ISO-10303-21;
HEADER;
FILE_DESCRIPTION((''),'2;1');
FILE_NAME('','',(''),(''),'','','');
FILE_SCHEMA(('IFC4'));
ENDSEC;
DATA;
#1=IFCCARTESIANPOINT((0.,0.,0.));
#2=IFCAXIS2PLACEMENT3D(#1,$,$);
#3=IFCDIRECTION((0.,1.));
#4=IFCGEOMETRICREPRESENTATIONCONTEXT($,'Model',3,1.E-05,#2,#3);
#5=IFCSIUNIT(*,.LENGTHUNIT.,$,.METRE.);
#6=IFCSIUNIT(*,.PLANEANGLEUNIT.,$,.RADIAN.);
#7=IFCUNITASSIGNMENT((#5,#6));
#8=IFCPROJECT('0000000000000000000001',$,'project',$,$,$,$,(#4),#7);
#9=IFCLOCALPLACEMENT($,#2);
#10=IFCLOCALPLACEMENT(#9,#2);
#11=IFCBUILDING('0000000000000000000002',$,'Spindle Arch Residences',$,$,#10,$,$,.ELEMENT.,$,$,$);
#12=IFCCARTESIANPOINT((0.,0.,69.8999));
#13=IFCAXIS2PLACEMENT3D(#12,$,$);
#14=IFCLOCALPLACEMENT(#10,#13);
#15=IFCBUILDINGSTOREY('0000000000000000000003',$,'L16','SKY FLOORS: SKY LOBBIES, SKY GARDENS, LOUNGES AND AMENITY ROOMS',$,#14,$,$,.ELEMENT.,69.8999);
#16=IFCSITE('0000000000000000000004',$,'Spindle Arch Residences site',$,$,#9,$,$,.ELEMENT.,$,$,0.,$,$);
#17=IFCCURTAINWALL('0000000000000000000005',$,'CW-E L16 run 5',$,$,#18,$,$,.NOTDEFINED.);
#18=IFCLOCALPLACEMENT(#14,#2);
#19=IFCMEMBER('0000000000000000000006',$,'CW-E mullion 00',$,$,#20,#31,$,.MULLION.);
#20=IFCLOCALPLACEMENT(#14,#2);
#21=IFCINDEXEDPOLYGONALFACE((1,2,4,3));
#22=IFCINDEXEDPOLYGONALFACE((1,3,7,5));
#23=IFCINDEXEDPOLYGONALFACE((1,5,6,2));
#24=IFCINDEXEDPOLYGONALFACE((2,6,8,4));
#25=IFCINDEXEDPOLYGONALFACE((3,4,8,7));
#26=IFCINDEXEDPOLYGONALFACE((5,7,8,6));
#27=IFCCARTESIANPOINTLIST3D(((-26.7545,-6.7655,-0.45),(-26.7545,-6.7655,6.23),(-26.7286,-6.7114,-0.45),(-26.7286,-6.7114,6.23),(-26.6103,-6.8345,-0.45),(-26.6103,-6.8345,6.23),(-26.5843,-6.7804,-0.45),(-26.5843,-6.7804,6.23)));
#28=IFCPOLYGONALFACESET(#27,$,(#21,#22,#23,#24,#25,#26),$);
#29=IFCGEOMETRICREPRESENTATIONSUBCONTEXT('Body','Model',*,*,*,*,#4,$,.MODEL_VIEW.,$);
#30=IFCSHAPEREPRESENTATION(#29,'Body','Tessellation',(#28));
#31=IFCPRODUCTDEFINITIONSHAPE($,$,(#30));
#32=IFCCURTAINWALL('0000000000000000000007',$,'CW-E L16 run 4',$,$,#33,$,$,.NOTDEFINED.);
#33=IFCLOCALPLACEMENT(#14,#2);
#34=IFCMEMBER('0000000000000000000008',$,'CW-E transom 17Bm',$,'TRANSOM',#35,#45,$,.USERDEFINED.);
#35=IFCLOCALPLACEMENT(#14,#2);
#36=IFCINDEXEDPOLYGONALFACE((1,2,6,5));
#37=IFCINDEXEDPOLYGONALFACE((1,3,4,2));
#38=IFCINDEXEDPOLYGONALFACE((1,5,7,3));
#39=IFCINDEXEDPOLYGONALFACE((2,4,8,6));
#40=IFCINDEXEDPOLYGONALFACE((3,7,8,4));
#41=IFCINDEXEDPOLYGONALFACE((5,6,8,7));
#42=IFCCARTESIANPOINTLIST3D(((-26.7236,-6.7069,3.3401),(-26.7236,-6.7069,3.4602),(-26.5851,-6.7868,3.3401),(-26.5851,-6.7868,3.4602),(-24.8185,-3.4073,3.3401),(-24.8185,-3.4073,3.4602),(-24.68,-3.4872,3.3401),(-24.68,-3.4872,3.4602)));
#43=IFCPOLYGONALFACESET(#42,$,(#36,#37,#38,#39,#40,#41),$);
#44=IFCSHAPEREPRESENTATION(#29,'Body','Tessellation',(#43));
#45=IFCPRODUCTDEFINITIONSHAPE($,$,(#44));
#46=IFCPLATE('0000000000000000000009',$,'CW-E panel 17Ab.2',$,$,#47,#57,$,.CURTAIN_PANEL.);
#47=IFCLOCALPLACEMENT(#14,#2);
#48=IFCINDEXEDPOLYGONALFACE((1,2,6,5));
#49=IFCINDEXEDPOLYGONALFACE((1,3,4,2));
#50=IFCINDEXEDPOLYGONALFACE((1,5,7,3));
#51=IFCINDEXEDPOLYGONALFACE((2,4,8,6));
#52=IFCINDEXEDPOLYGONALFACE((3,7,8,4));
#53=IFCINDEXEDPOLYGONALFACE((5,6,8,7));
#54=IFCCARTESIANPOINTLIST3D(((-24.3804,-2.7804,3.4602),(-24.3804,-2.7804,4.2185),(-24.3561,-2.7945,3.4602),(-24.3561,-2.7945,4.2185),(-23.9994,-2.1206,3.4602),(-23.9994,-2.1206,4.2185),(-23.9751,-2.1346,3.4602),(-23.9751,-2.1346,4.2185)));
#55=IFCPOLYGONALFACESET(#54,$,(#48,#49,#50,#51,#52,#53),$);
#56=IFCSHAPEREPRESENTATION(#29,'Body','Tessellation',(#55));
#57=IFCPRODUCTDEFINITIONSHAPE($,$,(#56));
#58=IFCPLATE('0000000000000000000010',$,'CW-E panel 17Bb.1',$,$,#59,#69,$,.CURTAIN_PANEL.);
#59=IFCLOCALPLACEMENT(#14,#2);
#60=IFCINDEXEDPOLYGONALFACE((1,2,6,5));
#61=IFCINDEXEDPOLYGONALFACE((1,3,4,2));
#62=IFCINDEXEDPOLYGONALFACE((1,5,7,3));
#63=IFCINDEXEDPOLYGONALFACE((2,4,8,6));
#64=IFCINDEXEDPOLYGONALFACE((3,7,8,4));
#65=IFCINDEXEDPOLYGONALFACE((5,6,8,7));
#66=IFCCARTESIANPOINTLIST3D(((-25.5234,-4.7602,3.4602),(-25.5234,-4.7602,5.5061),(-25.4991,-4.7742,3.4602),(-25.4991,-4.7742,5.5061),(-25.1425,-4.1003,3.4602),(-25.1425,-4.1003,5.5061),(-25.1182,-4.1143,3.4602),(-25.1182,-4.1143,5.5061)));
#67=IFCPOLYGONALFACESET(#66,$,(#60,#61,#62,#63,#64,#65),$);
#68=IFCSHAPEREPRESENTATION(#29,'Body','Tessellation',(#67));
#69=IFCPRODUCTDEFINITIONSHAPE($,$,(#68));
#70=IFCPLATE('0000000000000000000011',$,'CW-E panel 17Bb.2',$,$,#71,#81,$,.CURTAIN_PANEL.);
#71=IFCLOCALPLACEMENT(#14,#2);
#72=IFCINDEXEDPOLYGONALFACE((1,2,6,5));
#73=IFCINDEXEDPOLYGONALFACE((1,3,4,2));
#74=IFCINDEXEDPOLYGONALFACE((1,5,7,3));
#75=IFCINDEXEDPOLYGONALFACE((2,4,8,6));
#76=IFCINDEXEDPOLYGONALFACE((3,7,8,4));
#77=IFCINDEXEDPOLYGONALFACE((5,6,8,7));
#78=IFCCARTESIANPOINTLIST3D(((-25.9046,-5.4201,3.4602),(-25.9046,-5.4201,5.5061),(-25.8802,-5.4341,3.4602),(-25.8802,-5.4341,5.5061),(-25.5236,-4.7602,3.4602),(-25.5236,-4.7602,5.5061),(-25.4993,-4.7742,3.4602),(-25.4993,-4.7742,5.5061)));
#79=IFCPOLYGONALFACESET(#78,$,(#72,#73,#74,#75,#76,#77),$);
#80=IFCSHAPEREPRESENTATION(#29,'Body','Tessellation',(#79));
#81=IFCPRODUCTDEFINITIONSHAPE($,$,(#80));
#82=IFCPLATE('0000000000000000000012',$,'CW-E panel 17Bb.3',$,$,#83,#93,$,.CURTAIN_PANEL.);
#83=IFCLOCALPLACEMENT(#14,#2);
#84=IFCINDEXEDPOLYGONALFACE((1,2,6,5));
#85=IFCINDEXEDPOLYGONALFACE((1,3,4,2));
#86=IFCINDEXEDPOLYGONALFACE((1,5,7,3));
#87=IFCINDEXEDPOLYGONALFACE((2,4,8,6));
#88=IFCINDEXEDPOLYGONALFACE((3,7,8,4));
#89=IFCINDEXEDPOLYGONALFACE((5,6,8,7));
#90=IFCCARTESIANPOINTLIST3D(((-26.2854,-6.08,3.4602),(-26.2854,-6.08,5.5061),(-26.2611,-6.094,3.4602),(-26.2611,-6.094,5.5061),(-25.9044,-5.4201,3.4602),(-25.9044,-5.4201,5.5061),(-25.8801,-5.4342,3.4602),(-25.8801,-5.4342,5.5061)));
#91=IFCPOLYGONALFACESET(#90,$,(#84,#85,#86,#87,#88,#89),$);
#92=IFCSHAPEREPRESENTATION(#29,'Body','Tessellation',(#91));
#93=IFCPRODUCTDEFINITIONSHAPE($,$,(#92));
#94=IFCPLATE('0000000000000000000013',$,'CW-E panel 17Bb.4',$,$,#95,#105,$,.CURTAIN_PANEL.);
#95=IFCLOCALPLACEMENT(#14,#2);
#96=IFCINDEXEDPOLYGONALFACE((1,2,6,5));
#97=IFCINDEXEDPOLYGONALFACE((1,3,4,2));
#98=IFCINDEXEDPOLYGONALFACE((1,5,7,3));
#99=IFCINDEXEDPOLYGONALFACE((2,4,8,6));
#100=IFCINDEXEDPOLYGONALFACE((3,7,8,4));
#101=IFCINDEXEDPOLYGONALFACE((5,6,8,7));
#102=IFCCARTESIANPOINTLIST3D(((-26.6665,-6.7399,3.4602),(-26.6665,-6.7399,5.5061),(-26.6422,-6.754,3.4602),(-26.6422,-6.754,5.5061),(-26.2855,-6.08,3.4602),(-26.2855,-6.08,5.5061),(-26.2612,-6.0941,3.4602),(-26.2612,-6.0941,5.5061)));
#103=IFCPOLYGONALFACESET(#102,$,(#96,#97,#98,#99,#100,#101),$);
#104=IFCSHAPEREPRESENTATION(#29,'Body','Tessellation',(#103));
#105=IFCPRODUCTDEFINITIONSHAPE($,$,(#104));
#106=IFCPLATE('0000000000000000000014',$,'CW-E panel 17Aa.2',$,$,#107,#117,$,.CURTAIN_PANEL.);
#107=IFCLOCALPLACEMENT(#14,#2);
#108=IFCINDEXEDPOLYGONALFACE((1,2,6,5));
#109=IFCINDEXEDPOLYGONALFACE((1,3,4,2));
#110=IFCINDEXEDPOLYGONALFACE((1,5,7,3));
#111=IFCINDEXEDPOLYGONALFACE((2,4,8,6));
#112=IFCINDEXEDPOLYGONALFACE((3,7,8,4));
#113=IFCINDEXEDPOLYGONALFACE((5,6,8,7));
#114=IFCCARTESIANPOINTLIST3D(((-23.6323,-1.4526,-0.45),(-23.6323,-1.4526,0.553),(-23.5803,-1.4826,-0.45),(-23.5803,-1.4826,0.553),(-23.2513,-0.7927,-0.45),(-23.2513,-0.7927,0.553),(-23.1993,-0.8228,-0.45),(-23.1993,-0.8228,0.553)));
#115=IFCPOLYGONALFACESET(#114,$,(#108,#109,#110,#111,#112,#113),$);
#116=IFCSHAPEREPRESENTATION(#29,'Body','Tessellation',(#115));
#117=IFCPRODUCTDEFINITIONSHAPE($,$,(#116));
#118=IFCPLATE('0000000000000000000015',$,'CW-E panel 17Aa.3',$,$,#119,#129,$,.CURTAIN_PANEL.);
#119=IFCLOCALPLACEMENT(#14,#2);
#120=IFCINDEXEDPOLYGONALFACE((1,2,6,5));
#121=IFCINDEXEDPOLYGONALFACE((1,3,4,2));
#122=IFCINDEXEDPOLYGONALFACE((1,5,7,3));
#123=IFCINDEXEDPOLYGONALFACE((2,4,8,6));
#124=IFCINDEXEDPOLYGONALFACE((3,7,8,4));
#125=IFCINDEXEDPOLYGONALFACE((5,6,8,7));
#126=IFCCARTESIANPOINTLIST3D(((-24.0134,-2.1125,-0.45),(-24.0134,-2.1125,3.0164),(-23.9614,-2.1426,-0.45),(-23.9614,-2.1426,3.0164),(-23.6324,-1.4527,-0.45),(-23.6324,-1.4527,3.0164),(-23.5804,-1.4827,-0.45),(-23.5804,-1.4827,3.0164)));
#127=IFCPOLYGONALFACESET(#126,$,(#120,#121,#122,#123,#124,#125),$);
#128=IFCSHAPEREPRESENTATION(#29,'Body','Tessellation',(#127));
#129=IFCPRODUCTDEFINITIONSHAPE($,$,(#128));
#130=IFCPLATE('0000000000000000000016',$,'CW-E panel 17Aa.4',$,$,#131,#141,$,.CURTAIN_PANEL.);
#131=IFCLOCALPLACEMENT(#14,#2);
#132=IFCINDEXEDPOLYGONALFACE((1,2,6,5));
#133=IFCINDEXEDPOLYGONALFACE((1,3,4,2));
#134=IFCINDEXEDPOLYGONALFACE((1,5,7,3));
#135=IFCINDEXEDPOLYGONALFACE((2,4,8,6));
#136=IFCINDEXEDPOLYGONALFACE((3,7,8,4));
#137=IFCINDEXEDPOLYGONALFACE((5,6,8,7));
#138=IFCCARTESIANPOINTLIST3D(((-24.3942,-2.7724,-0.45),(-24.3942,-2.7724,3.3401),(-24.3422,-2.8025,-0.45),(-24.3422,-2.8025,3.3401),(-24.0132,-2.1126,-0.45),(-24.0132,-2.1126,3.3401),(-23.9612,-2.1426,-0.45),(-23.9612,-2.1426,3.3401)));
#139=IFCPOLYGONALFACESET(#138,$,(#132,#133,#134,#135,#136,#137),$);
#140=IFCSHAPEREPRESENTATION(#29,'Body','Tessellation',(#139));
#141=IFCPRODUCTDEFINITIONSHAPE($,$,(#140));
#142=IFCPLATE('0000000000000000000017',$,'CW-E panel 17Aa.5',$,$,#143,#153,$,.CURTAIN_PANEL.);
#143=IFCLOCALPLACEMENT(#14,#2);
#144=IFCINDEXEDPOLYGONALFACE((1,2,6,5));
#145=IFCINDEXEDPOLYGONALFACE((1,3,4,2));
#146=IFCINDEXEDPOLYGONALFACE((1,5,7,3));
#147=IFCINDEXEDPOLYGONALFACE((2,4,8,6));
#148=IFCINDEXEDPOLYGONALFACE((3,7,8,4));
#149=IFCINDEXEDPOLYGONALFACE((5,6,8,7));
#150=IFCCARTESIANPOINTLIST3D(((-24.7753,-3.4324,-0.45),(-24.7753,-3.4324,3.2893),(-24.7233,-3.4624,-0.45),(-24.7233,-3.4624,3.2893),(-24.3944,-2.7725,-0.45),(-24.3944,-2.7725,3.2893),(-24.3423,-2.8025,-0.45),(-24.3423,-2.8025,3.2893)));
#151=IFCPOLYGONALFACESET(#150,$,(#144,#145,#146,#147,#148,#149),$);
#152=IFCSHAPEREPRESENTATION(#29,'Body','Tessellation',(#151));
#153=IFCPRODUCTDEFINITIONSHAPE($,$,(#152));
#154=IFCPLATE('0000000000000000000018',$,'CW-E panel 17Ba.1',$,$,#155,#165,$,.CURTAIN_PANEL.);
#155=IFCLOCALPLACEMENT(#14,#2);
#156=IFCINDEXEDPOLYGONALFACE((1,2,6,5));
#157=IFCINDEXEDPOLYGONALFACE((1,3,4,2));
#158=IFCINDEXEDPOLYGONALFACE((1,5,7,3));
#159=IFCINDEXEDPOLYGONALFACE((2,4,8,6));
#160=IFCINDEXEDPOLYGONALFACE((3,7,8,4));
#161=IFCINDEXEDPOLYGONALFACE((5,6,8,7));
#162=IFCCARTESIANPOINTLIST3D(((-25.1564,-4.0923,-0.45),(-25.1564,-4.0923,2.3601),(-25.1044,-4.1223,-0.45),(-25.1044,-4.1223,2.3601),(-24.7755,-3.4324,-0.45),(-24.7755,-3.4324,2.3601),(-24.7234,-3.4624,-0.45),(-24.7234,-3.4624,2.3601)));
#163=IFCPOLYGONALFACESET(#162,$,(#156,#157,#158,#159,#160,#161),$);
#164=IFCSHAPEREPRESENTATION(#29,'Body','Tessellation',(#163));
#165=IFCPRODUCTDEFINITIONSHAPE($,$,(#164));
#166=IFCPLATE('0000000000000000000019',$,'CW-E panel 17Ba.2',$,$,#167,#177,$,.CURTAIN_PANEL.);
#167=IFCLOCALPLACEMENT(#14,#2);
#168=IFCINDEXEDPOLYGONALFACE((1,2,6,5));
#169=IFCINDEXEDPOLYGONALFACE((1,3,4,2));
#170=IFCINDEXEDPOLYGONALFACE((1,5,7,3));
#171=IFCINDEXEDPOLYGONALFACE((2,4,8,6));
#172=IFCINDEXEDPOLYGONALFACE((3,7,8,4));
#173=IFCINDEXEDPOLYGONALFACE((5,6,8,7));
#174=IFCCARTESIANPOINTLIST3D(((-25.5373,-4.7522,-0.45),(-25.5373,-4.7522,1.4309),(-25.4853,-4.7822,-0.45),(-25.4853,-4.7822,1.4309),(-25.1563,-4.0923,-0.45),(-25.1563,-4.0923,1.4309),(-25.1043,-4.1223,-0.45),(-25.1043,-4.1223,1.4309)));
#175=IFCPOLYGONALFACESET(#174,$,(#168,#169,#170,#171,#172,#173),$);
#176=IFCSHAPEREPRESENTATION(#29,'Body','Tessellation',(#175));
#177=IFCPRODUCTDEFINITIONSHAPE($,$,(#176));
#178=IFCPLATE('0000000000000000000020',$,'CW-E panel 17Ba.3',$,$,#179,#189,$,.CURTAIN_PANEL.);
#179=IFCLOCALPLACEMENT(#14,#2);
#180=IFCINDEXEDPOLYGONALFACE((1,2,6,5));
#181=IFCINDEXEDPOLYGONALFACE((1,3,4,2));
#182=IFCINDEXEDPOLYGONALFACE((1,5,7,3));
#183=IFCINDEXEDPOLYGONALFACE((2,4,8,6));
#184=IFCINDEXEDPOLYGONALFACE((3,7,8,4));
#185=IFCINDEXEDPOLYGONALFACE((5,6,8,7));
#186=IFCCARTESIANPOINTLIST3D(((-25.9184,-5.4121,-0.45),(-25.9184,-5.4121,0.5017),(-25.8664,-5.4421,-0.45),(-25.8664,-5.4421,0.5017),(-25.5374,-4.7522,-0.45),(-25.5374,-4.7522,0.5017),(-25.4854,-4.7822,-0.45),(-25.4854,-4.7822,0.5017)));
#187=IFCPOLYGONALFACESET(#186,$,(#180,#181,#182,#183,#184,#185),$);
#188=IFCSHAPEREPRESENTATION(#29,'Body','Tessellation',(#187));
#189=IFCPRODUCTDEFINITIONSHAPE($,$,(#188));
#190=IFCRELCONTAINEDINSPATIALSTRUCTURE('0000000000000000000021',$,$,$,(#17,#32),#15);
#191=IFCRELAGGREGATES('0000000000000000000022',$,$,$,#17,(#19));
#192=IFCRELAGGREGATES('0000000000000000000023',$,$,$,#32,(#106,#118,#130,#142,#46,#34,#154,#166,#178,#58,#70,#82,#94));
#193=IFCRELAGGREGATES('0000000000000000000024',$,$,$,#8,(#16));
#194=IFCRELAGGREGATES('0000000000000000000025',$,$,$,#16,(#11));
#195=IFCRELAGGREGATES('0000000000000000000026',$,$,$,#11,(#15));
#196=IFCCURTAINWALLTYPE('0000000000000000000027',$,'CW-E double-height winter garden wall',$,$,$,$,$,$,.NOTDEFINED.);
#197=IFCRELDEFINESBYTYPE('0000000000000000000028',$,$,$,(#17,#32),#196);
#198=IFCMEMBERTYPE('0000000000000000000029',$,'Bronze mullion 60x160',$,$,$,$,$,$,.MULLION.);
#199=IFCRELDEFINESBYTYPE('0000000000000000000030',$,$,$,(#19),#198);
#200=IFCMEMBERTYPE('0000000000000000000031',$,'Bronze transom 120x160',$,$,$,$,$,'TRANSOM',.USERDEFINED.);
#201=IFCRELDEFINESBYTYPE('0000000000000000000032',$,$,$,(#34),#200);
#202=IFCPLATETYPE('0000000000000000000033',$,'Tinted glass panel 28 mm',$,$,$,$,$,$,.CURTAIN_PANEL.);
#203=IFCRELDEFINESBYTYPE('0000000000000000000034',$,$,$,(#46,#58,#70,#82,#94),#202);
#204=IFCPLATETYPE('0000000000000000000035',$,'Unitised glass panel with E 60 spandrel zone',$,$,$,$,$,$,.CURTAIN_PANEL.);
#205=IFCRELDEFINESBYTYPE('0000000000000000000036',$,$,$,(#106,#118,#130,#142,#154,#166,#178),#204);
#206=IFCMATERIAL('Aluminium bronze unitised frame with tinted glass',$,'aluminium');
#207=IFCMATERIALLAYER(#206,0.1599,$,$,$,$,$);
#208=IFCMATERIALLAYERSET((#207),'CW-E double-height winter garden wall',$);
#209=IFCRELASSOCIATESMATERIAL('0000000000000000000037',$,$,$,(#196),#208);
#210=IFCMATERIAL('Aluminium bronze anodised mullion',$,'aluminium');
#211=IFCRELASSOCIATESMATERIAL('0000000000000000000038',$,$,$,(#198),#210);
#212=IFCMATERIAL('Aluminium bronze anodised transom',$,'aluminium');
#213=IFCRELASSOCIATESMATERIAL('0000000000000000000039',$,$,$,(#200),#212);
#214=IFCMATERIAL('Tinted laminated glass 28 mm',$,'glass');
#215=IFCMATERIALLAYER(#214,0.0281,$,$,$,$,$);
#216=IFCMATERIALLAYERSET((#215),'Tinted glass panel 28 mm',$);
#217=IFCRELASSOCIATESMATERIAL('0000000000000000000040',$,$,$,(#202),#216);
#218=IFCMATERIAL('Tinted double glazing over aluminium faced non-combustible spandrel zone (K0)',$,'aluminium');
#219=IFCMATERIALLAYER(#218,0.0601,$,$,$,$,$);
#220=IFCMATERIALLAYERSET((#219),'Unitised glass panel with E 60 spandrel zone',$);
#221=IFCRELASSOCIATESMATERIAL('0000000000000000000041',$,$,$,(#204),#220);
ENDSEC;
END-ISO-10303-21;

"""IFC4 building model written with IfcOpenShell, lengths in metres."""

from ifc_helpers import new_model, si_unit, direction, frame, origin, origin_2d, place, context, subcontext, project, spatial, rectangle, extrude, material, layer, layer_set, material_profile, profile_set, type_object, element, aggregate, save


model = new_model("IFC4")

# Units and contexts
model_context = context("Model", 3, precision=1e-05, world=origin(), true_north=direction((0.0, 1.0)))
body_context = subcontext(model_context, "Body", "Model", "MODEL_VIEW")
ifc_project = project(units=[si_unit("LENGTHUNIT", "METRE"), si_unit("PLANEANGLEUNIT", "RADIAN")], contexts=[model_context])

# Site, building, storey
site_placement = place(None, origin())
site = spatial("IfcSite", under=ifc_project, at=site_placement, Name="Spindle Arch Residences site", CompositionType="ELEMENT", RefElevation=0.0)
building_placement = place(site_placement, origin())
building = spatial("IfcBuilding", under=site, at=building_placement, Name="Spindle Arch Residences", CompositionType="ELEMENT")
storey_placement = place(building_placement, frame((0.0, 0.0, 69.8999)))
storey = spatial("IfcBuildingStorey", under=building, at=storey_placement, Name="L16", Description="SKY FLOORS: SKY LOBBIES, SKY GARDENS, LOUNGES AND AMENITY ROOMS", CompositionType="ELEMENT", Elevation=69.8999)

# Curtain wall, member
ifc_material_1 = material(Name="Aluminium bronze unitised frame with tinted glass", Category="aluminium")
ifc_layer_1 = layer(ifc_material_1, 0.1599)
ifc_layer_set_1 = layer_set([ifc_layer_1], Name="CW-E double-height winter garden wall")
curtain_wall_type = type_object("IfcCurtainWallType", Name="CW-E double-height winter garden wall", PredefinedType="NOTDEFINED", material=ifc_layer_set_1)
curtain_wall_1_placement = place(storey_placement, origin())
curtain_wall_1 = element("IfcCurtainWall", 1, at=curtain_wall_1_placement, inside=storey, type_object=curtain_wall_type, Name="CW-E L16 run 5", PredefinedType="NOTDEFINED")
ifc_material_2 = material(Name="Aluminium bronze anodised mullion", Category="aluminium")
ifc_material_profile_1 = material_profile(ifc_material_2, rectangle(XDim=0.1599, YDim=0.0601, at=origin_2d()), Name="MU 60x160")
ifc_profile_set_1 = profile_set([ifc_material_profile_1], Name="Aluminium bronze anodised mullion")
member_type_1 = type_object("IfcMemberType", Name="Bronze mullion 60x160", PredefinedType="MULLION", material=ifc_profile_set_1)
member_1_placement = place(storey_placement, frame((-26.6694, -6.7729, -0.45), z_axis=(0.0, 0.0, 1.0), x_axis=(0.902112, -0.431502, 0.0)))
member_1 = element("IfcMember", 2, at=member_1_placement, type_object=member_type_1, Name="CW-E mullion 00", PredefinedType="MULLION", context=body_context, shape_type="SweptSolid", body=[
    extrude(rectangle(XDim=0.1599, YDim=0.0601, at=origin_2d()), origin(), (0.0, 0.0, 1.0), 6.6799),
])
aggregate(curtain_wall_1, [member_1])

# Curtain wall, member, plates
curtain_wall_2_placement = place(storey_placement, origin())
curtain_wall_2 = element("IfcCurtainWall", 3, at=curtain_wall_2_placement, inside=storey, type_object=curtain_wall_type, Name="CW-E L16 run 4", PredefinedType="NOTDEFINED")
ifc_material_3 = material(Name="Aluminium bronze anodised transom", Category="aluminium")
ifc_material_profile_2 = material_profile(ifc_material_3, rectangle(XDim=0.1599, YDim=0.1201, at=origin_2d()), Name="TR 120x160")
ifc_profile_set_2 = profile_set([ifc_material_profile_2], Name="Aluminium bronze anodised transom")
member_type_2 = type_object("IfcMemberType", Name="Bronze transom 120x160", ElementType="TRANSOM", PredefinedType="USERDEFINED", material=ifc_profile_set_2)
member_2_placement = place(storey_placement, frame((-24.7493, -3.4473, 3.4001), z_axis=(-0.500005, -0.866022, 0.0), x_axis=(0.866022, -0.500005, 0.0)))
member_2 = element("IfcMember", 4, at=member_2_placement, type_object=member_type_2, Name="CW-E transom 17Bm", ObjectType="TRANSOM", PredefinedType="USERDEFINED", context=body_context, shape_type="SweptSolid", body=[
    extrude(rectangle(XDim=0.1599, YDim=0.1201, at=origin_2d()), origin(), (0.0, 0.0, 1.0), 3.8101),
])
ifc_material_4 = material(Name="Tinted laminated glass 28 mm", Category="glass")
ifc_layer_2 = layer(ifc_material_4, 0.0281)
ifc_layer_set_2 = layer_set([ifc_layer_2], Name="Tinted glass panel 28 mm")
plate_type_1 = type_object("IfcPlateType", Name="Tinted glass panel 28 mm", PredefinedType="CURTAIN_PANEL", material=ifc_layer_set_2)
plate_1_placement = place(storey_placement, frame((-24.1777, -2.4575, 3.4602), z_axis=(0.0, 0.0, 1.0), x_axis=(-0.5, -0.866025, 0.0)))
plate_1 = element("IfcPlate", 5, at=plate_1_placement, type_object=plate_type_1, Name="CW-E panel 17Ab.2", PredefinedType="CURTAIN_PANEL", context=body_context, shape_type="SweptSolid", body=[
    extrude(rectangle(XDim=0.762, YDim=0.0281, at=origin_2d()), origin(), (0.0, 0.0, 1.0), 0.7583),
])
plate_2_placement = place(storey_placement, frame((-25.3208, -4.4373, 3.4602), z_axis=(0.0, 0.0, 1.0), x_axis=(-0.5, -0.866025, 0.0)))
plate_2 = element("IfcPlate", 6, at=plate_2_placement, type_object=plate_type_1, Name="CW-E panel 17Bb.1", PredefinedType="CURTAIN_PANEL", context=body_context, shape_type="SweptSolid", body=[
    extrude(rectangle(XDim=0.762, YDim=0.0281, at=origin_2d()), origin(), (0.0, 0.0, 1.0), 2.0459),
])
plate_3_placement = place(storey_placement, frame((-25.7019, -5.0972, 3.4602), z_axis=(0.0, 0.0, 1.0), x_axis=(-0.5, -0.866025, 0.0)))
plate_3 = element("IfcPlate", 7, at=plate_3_placement, type_object=plate_type_1, Name="CW-E panel 17Bb.2", PredefinedType="CURTAIN_PANEL", context=body_context, shape_type="SweptSolid", body=[
    extrude(rectangle(XDim=0.762, YDim=0.0281, at=origin_2d()), origin(), (0.0, 0.0, 1.0), 2.0459),
])
plate_4_placement = place(storey_placement, frame((-26.0828, -5.7571, 3.4602), z_axis=(0.0, 0.0, 1.0), x_axis=(-0.5, -0.866025, 0.0)))
plate_4 = element("IfcPlate", 8, at=plate_4_placement, type_object=plate_type_1, Name="CW-E panel 17Bb.3", PredefinedType="CURTAIN_PANEL", context=body_context, shape_type="SweptSolid", body=[
    extrude(rectangle(XDim=0.762, YDim=0.0281, at=origin_2d()), origin(), (0.0, 0.0, 1.0), 2.0459),
])
plate_5_placement = place(storey_placement, frame((-26.4639, -6.417, 3.4602), z_axis=(0.0, 0.0, 1.0), x_axis=(-0.5, -0.866025, 0.0)))
plate_5 = element("IfcPlate", 9, at=plate_5_placement, type_object=plate_type_1, Name="CW-E panel 17Bb.4", PredefinedType="CURTAIN_PANEL", context=body_context, shape_type="SweptSolid", body=[
    extrude(rectangle(XDim=0.762, YDim=0.0281, at=origin_2d()), origin(), (0.0, 0.0, 1.0), 2.0459),
])
ifc_material_5 = material(Name="Tinted double glazing over aluminium faced non-combustible spandrel zone (K0)", Category="aluminium")
ifc_layer_3 = layer(ifc_material_5, 0.0601)
ifc_layer_set_3 = layer_set([ifc_layer_3], Name="Unitised glass panel with E 60 spandrel zone")
plate_type_2 = type_object("IfcPlateType", Name="Unitised glass panel with E 60 spandrel zone", PredefinedType="CURTAIN_PANEL", material=ifc_layer_set_3)
plate_6_placement = place(storey_placement, frame((-23.4158, -1.1377, -0.45), z_axis=(0.0, 0.0, 1.0), x_axis=(-0.5, -0.866025, 0.0)))
plate_6 = element("IfcPlate", 10, at=plate_6_placement, type_object=plate_type_2, Name="CW-E panel 17Aa.2", PredefinedType="CURTAIN_PANEL", context=body_context, shape_type="SweptSolid", body=[
    extrude(rectangle(XDim=0.762, YDim=0.0601, at=origin_2d()), origin(), (0.0, 0.0, 1.0), 1.0029),
])
plate_7_placement = place(storey_placement, frame((-23.7969, -1.7976, -0.45), z_axis=(0.0, 0.0, 1.0), x_axis=(-0.5, -0.866025, 0.0)))
plate_7 = element("IfcPlate", 11, at=plate_7_placement, type_object=plate_type_2, Name="CW-E panel 17Aa.3", PredefinedType="CURTAIN_PANEL", context=body_context, shape_type="SweptSolid", body=[
    extrude(rectangle(XDim=0.762, YDim=0.0601, at=origin_2d()), origin(), (0.0, 0.0, 1.0), 3.4663),
])
plate_8_placement = place(storey_placement, frame((-24.1777, -2.4575, -0.45), z_axis=(0.0, 0.0, 1.0), x_axis=(-0.5, -0.866025, 0.0)))
plate_8 = element("IfcPlate", 12, at=plate_8_placement, type_object=plate_type_2, Name="CW-E panel 17Aa.4", PredefinedType="CURTAIN_PANEL", context=body_context, shape_type="SweptSolid", body=[
    extrude(rectangle(XDim=0.762, YDim=0.0601, at=origin_2d()), origin(), (0.0, 0.0, 1.0), 3.79),
])
plate_9_placement = place(storey_placement, frame((-24.5588, -3.1174, -0.45), z_axis=(0.0, 0.0, 1.0), x_axis=(-0.5, -0.866025, 0.0)))
plate_9 = element("IfcPlate", 13, at=plate_9_placement, type_object=plate_type_2, Name="CW-E panel 17Aa.5", PredefinedType="CURTAIN_PANEL", context=body_context, shape_type="SweptSolid", body=[
    extrude(rectangle(XDim=0.762, YDim=0.0601, at=origin_2d()), origin(), (0.0, 0.0, 1.0), 3.7393),
])
plate_10_placement = place(storey_placement, frame((-24.9399, -3.7773, -0.45), z_axis=(0.0, 0.0, 1.0), x_axis=(-0.5, -0.866025, 0.0)))
plate_10 = element("IfcPlate", 14, at=plate_10_placement, type_object=plate_type_2, Name="CW-E panel 17Ba.1", PredefinedType="CURTAIN_PANEL", context=body_context, shape_type="SweptSolid", body=[
    extrude(rectangle(XDim=0.762, YDim=0.0601, at=origin_2d()), origin(), (0.0, 0.0, 1.0), 2.8101),
])
plate_11_placement = place(storey_placement, frame((-25.3208, -4.4373, -0.45), z_axis=(0.0, 0.0, 1.0), x_axis=(-0.5, -0.866025, 0.0)))
plate_11 = element("IfcPlate", 15, at=plate_11_placement, type_object=plate_type_2, Name="CW-E panel 17Ba.2", PredefinedType="CURTAIN_PANEL", context=body_context, shape_type="SweptSolid", body=[
    extrude(rectangle(XDim=0.762, YDim=0.0601, at=origin_2d()), origin(), (0.0, 0.0, 1.0), 1.8809),
])
plate_12_placement = place(storey_placement, frame((-25.7019, -5.0972, -0.45), z_axis=(0.0, 0.0, 1.0), x_axis=(-0.5, -0.866025, 0.0)))
plate_12 = element("IfcPlate", 16, at=plate_12_placement, type_object=plate_type_2, Name="CW-E panel 17Ba.3", PredefinedType="CURTAIN_PANEL", context=body_context, shape_type="SweptSolid", body=[
    extrude(rectangle(XDim=0.762, YDim=0.0601, at=origin_2d()), origin(), (0.0, 0.0, 1.0), 0.9517),
])
aggregate(curtain_wall_2, [plate_6, plate_7, plate_8, plate_9, plate_1, member_2, plate_10, plate_11, plate_12, plate_2, plate_3, plate_4, plate_5])

save(model, "model.ifc")
